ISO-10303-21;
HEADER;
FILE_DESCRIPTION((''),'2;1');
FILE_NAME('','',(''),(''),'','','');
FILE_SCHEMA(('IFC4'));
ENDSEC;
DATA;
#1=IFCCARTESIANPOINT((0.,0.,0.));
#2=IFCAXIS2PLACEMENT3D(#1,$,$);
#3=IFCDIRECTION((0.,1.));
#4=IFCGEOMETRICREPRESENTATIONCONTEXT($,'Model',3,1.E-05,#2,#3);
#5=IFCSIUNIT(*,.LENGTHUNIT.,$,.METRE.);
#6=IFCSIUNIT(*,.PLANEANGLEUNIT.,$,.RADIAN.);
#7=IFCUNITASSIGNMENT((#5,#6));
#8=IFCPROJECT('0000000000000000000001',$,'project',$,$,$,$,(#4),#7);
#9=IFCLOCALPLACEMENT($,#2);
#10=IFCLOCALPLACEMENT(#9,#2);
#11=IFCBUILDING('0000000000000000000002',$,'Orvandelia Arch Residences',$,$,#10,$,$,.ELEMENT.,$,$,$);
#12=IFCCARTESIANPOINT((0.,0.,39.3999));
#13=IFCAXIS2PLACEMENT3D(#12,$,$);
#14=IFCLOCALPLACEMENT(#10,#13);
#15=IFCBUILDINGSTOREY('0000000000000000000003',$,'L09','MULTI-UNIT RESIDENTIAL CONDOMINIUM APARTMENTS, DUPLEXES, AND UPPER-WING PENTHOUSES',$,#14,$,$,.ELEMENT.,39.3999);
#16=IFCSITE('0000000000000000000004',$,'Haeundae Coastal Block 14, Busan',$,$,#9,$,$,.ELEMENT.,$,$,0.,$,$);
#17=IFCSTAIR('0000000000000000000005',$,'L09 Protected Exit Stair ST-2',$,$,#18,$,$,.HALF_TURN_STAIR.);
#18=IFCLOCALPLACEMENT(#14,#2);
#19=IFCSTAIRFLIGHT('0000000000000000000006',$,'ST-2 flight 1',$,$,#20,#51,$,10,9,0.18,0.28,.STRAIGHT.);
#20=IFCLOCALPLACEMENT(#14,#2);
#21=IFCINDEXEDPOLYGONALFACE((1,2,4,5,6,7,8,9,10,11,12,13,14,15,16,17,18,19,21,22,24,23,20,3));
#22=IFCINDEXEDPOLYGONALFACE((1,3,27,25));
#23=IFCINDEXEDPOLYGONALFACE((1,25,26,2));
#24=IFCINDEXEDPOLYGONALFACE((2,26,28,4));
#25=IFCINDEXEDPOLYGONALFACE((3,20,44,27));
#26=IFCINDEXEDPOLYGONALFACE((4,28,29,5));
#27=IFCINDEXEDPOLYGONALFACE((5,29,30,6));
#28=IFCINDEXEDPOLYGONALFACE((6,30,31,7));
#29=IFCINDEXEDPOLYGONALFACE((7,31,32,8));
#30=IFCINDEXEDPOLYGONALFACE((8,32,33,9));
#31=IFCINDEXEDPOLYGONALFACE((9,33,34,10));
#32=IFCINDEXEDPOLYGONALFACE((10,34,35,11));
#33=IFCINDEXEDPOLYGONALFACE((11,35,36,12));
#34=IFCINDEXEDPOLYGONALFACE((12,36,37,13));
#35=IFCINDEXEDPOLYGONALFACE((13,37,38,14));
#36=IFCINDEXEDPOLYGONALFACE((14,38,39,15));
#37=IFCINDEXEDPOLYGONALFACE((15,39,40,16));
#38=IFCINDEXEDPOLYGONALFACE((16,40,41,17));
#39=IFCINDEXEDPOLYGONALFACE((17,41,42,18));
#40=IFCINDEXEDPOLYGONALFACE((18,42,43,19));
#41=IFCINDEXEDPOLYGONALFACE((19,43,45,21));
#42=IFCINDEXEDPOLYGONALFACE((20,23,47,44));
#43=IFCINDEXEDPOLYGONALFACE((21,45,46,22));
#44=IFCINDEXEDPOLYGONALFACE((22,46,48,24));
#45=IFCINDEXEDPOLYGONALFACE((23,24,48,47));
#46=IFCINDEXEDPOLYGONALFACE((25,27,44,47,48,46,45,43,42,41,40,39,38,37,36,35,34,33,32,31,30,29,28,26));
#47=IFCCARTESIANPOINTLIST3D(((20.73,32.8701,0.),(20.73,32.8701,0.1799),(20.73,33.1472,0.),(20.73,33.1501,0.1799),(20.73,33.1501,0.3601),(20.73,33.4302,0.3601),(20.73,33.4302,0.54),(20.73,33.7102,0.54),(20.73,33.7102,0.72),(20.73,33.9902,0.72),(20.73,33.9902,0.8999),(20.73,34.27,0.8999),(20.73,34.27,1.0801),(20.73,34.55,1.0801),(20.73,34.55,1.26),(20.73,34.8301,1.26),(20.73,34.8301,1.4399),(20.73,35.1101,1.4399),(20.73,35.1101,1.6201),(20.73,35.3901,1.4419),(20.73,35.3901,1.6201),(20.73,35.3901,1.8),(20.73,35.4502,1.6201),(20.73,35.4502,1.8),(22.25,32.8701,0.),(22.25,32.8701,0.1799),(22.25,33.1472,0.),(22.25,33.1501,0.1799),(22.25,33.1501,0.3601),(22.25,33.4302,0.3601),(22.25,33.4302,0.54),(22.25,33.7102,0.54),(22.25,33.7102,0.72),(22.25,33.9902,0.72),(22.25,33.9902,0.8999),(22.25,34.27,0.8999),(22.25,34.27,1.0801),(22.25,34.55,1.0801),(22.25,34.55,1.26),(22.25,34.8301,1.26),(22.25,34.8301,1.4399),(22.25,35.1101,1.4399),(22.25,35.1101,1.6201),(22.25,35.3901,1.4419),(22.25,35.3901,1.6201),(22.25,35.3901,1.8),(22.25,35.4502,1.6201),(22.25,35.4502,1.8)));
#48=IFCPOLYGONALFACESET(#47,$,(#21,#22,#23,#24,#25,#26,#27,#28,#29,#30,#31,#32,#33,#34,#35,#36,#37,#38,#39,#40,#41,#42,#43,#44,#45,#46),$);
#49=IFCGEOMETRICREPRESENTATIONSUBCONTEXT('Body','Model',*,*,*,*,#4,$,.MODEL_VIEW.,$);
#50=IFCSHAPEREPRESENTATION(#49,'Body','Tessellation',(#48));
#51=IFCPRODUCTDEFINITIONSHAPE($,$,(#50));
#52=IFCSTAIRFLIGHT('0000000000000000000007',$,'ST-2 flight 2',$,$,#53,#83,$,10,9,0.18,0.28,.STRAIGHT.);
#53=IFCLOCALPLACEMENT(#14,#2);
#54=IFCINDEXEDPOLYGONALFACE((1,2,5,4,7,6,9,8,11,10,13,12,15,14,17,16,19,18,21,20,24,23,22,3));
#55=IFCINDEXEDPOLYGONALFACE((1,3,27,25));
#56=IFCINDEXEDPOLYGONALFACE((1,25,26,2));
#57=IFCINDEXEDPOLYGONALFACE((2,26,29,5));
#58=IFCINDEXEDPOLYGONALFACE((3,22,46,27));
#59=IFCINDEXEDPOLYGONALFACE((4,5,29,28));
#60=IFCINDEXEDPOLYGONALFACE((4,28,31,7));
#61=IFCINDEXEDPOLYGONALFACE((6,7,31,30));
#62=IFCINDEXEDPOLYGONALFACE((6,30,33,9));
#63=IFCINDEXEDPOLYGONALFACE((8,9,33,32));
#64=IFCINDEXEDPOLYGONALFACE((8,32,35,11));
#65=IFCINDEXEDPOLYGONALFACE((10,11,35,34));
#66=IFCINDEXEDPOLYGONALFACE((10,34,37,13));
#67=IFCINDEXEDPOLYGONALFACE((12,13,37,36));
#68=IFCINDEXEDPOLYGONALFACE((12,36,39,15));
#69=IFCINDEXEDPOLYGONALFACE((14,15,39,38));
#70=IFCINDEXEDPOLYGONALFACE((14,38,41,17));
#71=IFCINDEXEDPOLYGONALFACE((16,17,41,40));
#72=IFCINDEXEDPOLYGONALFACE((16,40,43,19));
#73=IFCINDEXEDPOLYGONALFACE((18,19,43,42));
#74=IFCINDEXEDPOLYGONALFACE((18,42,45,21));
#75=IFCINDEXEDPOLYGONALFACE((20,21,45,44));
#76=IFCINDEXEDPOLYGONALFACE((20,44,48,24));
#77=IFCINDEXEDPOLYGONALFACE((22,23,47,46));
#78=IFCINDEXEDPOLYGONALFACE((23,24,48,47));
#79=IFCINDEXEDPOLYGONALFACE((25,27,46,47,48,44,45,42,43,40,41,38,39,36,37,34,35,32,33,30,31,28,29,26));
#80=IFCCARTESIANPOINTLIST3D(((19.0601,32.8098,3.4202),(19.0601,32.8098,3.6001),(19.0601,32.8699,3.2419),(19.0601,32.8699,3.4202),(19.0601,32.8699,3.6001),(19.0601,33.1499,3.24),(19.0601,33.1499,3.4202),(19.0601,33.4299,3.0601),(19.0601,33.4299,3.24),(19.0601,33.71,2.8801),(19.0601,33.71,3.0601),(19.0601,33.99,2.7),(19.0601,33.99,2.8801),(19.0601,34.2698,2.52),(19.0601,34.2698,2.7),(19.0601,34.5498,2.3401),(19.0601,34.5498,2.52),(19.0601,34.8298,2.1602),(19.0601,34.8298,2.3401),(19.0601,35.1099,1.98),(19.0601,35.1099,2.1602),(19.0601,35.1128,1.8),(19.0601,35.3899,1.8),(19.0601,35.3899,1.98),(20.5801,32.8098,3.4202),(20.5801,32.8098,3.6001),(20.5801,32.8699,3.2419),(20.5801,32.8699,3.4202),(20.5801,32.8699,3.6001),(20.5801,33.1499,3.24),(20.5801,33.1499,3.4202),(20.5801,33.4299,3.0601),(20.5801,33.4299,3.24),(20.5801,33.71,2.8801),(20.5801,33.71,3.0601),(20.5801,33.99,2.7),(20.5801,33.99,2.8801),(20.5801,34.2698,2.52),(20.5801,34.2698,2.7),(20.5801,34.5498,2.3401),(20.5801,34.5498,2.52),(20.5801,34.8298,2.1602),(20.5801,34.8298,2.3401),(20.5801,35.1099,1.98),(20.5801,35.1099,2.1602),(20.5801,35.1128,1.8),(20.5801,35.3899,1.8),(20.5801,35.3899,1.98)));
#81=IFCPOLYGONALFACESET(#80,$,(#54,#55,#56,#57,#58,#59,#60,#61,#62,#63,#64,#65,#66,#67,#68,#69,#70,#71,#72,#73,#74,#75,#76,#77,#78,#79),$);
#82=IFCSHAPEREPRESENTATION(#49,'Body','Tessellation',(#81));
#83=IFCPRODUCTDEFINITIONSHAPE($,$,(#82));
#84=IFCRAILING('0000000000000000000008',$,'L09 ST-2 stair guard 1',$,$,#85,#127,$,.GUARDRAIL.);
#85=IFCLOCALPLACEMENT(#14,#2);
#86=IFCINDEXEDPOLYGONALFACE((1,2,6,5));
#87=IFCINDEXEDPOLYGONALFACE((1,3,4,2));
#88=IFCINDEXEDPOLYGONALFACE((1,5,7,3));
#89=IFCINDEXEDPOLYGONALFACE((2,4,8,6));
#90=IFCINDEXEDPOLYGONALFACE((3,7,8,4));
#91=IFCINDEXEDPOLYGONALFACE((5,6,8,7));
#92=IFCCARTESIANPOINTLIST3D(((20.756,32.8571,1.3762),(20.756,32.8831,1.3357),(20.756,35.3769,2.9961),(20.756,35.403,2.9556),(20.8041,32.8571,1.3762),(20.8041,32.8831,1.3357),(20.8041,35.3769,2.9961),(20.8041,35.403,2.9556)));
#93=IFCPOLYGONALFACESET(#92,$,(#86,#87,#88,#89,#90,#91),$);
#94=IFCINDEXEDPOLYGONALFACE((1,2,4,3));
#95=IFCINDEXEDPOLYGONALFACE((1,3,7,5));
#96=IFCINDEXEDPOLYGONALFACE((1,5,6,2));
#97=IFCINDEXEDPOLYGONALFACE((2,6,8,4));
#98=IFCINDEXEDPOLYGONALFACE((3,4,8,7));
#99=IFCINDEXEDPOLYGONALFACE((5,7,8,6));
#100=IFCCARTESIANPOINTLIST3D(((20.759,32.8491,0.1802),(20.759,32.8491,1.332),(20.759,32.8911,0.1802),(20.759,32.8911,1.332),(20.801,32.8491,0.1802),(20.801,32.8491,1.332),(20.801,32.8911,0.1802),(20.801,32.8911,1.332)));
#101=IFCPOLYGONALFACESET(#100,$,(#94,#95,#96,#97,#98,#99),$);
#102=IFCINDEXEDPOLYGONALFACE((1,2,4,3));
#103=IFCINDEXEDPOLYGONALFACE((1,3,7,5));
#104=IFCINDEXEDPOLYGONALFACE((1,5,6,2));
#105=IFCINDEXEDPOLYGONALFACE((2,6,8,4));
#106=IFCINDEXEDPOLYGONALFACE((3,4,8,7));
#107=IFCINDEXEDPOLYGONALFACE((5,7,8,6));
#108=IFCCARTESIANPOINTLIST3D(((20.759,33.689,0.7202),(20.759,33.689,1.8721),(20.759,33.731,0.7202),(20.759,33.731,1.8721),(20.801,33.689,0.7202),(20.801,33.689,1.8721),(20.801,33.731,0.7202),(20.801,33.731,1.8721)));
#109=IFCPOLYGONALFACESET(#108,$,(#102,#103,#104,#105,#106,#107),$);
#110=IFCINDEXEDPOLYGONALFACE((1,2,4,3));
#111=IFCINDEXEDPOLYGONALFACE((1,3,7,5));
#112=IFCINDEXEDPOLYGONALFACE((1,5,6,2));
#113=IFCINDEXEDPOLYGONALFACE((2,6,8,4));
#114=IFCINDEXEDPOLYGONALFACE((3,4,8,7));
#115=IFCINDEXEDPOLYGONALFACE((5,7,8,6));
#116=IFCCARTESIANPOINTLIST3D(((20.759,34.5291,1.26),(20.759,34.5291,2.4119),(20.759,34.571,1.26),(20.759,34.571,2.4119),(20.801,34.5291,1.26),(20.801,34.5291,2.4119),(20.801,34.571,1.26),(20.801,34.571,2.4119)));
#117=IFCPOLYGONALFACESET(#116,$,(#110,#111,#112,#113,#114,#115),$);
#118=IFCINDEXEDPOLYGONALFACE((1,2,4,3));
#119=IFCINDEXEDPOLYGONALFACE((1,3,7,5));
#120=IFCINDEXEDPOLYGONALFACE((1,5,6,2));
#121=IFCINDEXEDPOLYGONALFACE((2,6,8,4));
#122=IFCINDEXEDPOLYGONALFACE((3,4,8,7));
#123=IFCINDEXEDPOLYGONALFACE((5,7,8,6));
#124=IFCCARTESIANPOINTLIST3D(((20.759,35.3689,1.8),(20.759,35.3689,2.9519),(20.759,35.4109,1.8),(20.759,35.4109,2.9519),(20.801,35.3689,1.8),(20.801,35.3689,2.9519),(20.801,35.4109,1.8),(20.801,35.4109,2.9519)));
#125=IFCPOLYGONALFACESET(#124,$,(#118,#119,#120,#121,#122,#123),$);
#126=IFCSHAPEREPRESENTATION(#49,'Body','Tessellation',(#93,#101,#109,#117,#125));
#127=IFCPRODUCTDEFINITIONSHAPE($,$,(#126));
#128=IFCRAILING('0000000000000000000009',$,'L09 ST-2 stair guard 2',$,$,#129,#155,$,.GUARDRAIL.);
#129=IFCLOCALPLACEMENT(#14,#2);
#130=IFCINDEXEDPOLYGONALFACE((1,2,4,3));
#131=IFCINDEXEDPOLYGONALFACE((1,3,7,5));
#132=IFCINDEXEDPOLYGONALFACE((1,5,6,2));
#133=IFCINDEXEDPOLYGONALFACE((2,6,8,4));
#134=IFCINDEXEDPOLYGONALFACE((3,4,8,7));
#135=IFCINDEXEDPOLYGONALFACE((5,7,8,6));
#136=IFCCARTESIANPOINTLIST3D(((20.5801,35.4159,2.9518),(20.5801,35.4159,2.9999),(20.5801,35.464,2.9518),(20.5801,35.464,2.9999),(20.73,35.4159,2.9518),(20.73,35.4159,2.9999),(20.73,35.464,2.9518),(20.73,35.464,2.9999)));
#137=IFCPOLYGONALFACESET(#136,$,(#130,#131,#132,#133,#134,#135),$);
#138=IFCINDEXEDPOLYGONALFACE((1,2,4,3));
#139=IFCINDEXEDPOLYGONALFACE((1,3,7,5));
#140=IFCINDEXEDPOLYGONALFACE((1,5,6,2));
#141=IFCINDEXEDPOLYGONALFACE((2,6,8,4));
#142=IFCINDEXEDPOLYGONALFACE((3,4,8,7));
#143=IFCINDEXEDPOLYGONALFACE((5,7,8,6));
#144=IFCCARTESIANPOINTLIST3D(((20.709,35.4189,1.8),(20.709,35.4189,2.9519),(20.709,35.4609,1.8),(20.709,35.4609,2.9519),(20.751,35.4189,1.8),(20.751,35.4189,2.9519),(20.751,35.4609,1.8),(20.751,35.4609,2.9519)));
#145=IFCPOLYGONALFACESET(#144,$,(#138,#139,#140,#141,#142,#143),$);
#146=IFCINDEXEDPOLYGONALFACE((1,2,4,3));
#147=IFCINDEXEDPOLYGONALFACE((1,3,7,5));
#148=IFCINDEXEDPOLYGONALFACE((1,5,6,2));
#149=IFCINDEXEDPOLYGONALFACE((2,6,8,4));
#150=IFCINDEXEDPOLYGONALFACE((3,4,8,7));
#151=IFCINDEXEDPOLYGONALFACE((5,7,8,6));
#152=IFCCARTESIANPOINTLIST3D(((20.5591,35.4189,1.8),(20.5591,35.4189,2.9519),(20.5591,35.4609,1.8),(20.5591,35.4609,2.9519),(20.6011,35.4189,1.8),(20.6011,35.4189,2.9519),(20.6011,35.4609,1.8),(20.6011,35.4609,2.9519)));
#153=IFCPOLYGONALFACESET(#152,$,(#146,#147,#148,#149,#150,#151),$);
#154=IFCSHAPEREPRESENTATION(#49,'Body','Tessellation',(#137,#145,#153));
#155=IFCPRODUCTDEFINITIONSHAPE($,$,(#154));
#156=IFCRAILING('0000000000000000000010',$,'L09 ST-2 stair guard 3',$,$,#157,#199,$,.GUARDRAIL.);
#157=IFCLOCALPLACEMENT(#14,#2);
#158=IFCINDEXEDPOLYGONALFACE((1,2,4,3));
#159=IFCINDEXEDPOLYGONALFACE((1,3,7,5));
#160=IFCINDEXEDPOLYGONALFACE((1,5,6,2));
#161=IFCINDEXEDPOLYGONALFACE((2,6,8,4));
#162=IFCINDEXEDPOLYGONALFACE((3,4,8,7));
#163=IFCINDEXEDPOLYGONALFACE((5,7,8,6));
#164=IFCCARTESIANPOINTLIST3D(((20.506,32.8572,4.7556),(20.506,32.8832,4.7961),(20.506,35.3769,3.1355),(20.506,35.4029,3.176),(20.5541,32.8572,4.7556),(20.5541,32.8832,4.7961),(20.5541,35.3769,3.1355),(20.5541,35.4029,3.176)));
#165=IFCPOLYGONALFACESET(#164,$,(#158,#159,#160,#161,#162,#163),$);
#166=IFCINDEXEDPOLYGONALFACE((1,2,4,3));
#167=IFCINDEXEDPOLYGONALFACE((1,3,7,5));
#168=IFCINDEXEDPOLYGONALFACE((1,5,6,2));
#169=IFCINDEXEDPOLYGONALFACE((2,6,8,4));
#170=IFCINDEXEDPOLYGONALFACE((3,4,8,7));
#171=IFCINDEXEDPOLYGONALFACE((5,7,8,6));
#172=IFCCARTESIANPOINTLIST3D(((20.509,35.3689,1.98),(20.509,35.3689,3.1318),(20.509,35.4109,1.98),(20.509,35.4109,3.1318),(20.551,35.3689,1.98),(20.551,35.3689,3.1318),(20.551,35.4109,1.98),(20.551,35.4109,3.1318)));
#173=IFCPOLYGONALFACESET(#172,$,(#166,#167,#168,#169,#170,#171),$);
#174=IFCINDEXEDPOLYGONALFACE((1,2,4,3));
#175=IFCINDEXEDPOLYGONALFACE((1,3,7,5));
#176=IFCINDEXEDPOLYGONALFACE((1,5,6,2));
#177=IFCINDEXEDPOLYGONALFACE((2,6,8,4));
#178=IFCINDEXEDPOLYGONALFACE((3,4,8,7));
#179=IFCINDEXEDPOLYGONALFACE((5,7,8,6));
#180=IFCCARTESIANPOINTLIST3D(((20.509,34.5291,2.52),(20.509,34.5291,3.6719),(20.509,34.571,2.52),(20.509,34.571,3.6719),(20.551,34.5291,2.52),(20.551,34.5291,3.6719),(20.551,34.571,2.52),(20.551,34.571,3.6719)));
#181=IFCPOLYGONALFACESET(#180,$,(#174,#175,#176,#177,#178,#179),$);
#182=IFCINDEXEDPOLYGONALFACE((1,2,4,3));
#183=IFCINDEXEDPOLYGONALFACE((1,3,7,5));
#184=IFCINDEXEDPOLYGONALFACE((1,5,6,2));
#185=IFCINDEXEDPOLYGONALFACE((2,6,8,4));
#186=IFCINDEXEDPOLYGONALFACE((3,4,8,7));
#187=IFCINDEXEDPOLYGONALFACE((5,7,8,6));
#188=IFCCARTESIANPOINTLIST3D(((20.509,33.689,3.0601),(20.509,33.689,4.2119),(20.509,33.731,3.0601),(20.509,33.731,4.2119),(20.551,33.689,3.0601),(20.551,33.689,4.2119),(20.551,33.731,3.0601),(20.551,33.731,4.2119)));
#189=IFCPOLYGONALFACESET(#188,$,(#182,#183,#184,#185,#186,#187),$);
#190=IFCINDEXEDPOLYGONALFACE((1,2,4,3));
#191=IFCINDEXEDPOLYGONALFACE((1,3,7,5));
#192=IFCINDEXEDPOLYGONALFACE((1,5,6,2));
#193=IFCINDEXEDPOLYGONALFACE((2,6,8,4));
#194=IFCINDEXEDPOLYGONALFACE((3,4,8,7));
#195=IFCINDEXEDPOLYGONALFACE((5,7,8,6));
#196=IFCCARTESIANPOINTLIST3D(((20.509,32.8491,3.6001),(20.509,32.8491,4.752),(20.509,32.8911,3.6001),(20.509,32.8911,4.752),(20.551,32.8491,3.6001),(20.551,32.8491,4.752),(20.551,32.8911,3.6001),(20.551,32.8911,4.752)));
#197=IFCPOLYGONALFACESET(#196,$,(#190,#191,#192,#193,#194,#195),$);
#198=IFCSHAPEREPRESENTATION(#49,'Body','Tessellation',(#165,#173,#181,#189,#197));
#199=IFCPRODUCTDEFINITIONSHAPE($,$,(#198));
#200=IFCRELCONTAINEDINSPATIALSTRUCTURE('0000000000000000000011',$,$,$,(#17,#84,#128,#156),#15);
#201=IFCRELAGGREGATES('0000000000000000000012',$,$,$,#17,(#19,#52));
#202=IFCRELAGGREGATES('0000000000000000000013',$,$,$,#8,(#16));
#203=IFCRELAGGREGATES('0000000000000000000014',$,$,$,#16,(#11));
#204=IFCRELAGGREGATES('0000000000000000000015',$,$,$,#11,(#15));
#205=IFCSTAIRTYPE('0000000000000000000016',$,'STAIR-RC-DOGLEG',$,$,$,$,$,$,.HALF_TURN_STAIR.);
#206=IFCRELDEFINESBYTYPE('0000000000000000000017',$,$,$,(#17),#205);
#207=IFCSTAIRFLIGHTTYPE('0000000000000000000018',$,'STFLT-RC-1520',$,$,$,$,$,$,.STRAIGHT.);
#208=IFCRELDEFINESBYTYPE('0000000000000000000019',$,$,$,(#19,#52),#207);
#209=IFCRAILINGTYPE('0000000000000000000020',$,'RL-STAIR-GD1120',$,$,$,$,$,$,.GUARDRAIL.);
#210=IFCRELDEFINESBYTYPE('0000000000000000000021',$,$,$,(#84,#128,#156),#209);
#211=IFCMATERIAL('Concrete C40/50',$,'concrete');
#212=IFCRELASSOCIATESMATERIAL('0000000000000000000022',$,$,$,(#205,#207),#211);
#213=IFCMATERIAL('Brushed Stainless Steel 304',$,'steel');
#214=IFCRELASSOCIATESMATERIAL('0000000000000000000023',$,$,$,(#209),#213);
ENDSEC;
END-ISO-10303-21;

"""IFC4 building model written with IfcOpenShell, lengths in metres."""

from ifc_helpers import new_model, si_unit, direction, frame, origin, origin_2d, place, context, subcontext, project, spatial, polyline, rectangle, outline, extrude, material, type_object, element, aggregate, save


model = new_model("IFC4")

# Units and contexts
model_context = context("Model", 3, precision=1e-05, world=origin(), true_north=direction((0.0, 1.0)))
body_context = subcontext(model_context, "Body", "Model", "MODEL_VIEW")
ifc_project = project(units=[si_unit("LENGTHUNIT", "METRE"), si_unit("PLANEANGLEUNIT", "RADIAN")], contexts=[model_context])

# Site, building, storey
site_placement = place(None, origin())
site = spatial("IfcSite", under=ifc_project, at=site_placement, Name="Haeundae Coastal Block 14, Busan", CompositionType="ELEMENT", RefElevation=0.0)
building_placement = place(site_placement, origin())
building = spatial("IfcBuilding", under=site, at=building_placement, Name="Orvandelia Arch Residences", CompositionType="ELEMENT")
storey_placement = place(building_placement, frame((0.0, 0.0, 39.3999)))
storey = spatial("IfcBuildingStorey", under=building, at=storey_placement, Name="L09", Description="MULTI-UNIT RESIDENTIAL CONDOMINIUM APARTMENTS, DUPLEXES, AND UPPER-WING PENTHOUSES", CompositionType="ELEMENT", Elevation=39.3999)

# Stair, stair flights
ifc_material_1 = material(Name="Concrete C40/50", Category="concrete")
stair_type = type_object("IfcStairType", Name="STAIR-RC-DOGLEG", PredefinedType="HALF_TURN_STAIR", material=ifc_material_1)
stair_placement = place(storey_placement, origin())
stair = element("IfcStair", 1, at=stair_placement, inside=storey, type_object=stair_type, Name="L09 Protected Exit Stair ST-2", PredefinedType="HALF_TURN_STAIR")
stair_flight_type = type_object("IfcStairFlightType", Name="STFLT-RC-1520", PredefinedType="STRAIGHT", material=ifc_material_1)
stair_flight_1_placement = place(storey_placement, frame((21.49, 32.8701, 0.0), z_axis=(0.0, 0.0, 1.0), x_axis=(0.0, 1.0, 0.0)))
stair_flight_1 = element("IfcStairFlight", 2, at=stair_flight_1_placement, type_object=stair_flight_type, Name="ST-2 flight 1", NumberOfRisers=10, NumberOfTreads=9, PredefinedType="STRAIGHT", RiserHeight=0.18, TreadLength=0.28, context=body_context, shape_type="SweptSolid", body=[
    extrude(outline(polyline([(0.0, 0.0), (0.0, 0.1799), (0.28, 0.1799), (0.28, 0.3601), (0.5601, 0.3601), (0.5601, 0.54), (0.8401, 0.54), (0.8401, 0.72), (1.1201, 0.72), (1.1201, 0.8999), (1.3999, 0.8999), (1.3999, 1.0801), (1.6799, 1.0801), (1.6799, 1.26), (1.96, 1.26), (1.96, 1.4399), (2.24, 1.4399), (2.24, 1.6201), (2.52, 1.6201), (2.52, 1.8), (2.5801, 1.8), (2.5801, 1.6201), (2.52, 1.4419), (0.2771, 0.0), (0.0, 0.0)])), frame((0.0, 0.76, 0.0), z_axis=(0.0, -1.0, 0.0), x_axis=(1.0, 0.0, 0.0)), (0.0, 0.0, 1.0), 1.52),
])
stair_flight_2_placement = place(storey_placement, frame((19.8201, 35.3899, 1.8), z_axis=(0.0, 0.0, 1.0), x_axis=(0.0, -1.0, 0.0)))
stair_flight_2 = element("IfcStairFlight", 3, at=stair_flight_2_placement, type_object=stair_flight_type, Name="ST-2 flight 2", NumberOfRisers=10, NumberOfTreads=9, PredefinedType="STRAIGHT", RiserHeight=0.18, TreadLength=0.28, context=body_context, shape_type="SweptSolid", body=[
    extrude(outline(polyline([(0.0, 0.0), (0.0, 0.1799), (0.28, 0.1799), (0.28, 0.3601), (0.5601, 0.3601), (0.5601, 0.54), (0.8401, 0.54), (0.8401, 0.72), (1.1201, 0.72), (1.1201, 0.8999), (1.3999, 0.8999), (1.3999, 1.0801), (1.6799, 1.0801), (1.6799, 1.26), (1.96, 1.26), (1.96, 1.4399), (2.24, 1.4399), (2.24, 1.6201), (2.52, 1.6201), (2.52, 1.8), (2.5801, 1.8), (2.5801, 1.6201), (2.52, 1.4419), (0.2771, 0.0), (0.0, 0.0)])), frame((0.0, 0.76, 0.0), z_axis=(0.0, -1.0, 0.0), x_axis=(1.0, 0.0, 0.0)), (0.0, 0.0, 1.0), 1.52),
])
aggregate(stair, [stair_flight_1, stair_flight_2])

# Railings
ifc_material_2 = material(Name="Brushed Stainless Steel 304", Category="steel")
railing_type_1 = type_object("IfcRailingType", Name="RL-STAIR-GD1120", PredefinedType="GUARDRAIL", material=ifc_material_2)
railing_1_placement = place(storey_placement, frame((20.78, 32.8701, 0.1802)))
element("IfcRailing", 4, at=railing_1_placement, inside=storey, type_object=railing_type_1, Name="L09 ST-2 stair guard 1", PredefinedType="GUARDRAIL", context=body_context, shape_type="SweptSolid", body=[
    extrude(rectangle(XDim=0.0481, YDim=0.0481, at=origin_2d()), frame((0.0, 0.0, 1.1758), z_axis=(0.0, 0.841176, 0.540762), x_axis=(-1.0, 0.0, 0.0)), (0.0, 0.0, 1.0), 2.9956),
    extrude(rectangle(XDim=0.042, YDim=0.042, at=origin_2d()), origin(), (0.0, 0.0, 1.0), 1.1519),
    extrude(rectangle(XDim=0.042, YDim=0.042, at=origin_2d()), frame((0.0, 0.8398, 0.54)), (0.0, 0.0, 1.0), 1.1519),
    extrude(rectangle(XDim=0.042, YDim=0.042, at=origin_2d()), frame((0.0, 1.6799, 1.0798)), (0.0, 0.0, 1.0), 1.1519),
    extrude(rectangle(XDim=0.042, YDim=0.042, at=origin_2d()), frame((0.0, 2.5198, 1.6199)), (0.0, 0.0, 1.0), 1.1519),
])
railing_2_placement = place(storey_placement, frame((20.73, 35.4399, 1.8)))
element("IfcRailing", 5, at=railing_2_placement, inside=storey, type_object=railing_type_1, Name="L09 ST-2 stair guard 2", PredefinedType="GUARDRAIL", context=body_context, shape_type="SweptSolid", body=[
    extrude(rectangle(XDim=0.0481, YDim=0.0481, at=origin_2d()), frame((0.0, 0.0, 1.1758), z_axis=(-1.0, 0.0, 0.0), x_axis=(0.0, -1.0, 0.0)), (0.0, 0.0, 1.0), 0.1499),
    extrude(rectangle(XDim=0.042, YDim=0.042, at=origin_2d()), origin(), (0.0, 0.0, 1.0), 1.1519),
    extrude(rectangle(XDim=0.042, YDim=0.042, at=origin_2d()), frame((-0.1499, 0.0, 0.0)), (0.0, 0.0, 1.0), 1.1519),
])
railing_3_placement = place(storey_placement, frame((20.53, 35.3899, 1.98)))
element("IfcRailing", 6, at=railing_3_placement, inside=storey, type_object=railing_type_1, Name="L09 ST-2 stair guard 3", PredefinedType="GUARDRAIL", context=body_context, shape_type="SweptSolid", body=[
    extrude(rectangle(XDim=0.0481, YDim=0.0481, at=origin_2d()), frame((0.0, 0.0, 1.1758), z_axis=(0.0, -0.841139, 0.540819), x_axis=(1.0, 0.0, 0.0)), (0.0, 0.0, 1.0), 2.9956),
    extrude(rectangle(XDim=0.042, YDim=0.042, at=origin_2d()), origin(), (0.0, 0.0, 1.0), 1.1519),
    extrude(rectangle(XDim=0.042, YDim=0.042, at=origin_2d()), frame((0.0, -0.8398, 0.54)), (0.0, 0.0, 1.0), 1.1519),
    extrude(rectangle(XDim=0.042, YDim=0.042, at=origin_2d()), frame((0.0, -1.6799, 1.0801)), (0.0, 0.0, 1.0), 1.1519),
    extrude(rectangle(XDim=0.042, YDim=0.042, at=origin_2d()), frame((0.0, -2.5198, 1.6201)), (0.0, 0.0, 1.0), 1.1519),
])

save(model, "model.ifc")
